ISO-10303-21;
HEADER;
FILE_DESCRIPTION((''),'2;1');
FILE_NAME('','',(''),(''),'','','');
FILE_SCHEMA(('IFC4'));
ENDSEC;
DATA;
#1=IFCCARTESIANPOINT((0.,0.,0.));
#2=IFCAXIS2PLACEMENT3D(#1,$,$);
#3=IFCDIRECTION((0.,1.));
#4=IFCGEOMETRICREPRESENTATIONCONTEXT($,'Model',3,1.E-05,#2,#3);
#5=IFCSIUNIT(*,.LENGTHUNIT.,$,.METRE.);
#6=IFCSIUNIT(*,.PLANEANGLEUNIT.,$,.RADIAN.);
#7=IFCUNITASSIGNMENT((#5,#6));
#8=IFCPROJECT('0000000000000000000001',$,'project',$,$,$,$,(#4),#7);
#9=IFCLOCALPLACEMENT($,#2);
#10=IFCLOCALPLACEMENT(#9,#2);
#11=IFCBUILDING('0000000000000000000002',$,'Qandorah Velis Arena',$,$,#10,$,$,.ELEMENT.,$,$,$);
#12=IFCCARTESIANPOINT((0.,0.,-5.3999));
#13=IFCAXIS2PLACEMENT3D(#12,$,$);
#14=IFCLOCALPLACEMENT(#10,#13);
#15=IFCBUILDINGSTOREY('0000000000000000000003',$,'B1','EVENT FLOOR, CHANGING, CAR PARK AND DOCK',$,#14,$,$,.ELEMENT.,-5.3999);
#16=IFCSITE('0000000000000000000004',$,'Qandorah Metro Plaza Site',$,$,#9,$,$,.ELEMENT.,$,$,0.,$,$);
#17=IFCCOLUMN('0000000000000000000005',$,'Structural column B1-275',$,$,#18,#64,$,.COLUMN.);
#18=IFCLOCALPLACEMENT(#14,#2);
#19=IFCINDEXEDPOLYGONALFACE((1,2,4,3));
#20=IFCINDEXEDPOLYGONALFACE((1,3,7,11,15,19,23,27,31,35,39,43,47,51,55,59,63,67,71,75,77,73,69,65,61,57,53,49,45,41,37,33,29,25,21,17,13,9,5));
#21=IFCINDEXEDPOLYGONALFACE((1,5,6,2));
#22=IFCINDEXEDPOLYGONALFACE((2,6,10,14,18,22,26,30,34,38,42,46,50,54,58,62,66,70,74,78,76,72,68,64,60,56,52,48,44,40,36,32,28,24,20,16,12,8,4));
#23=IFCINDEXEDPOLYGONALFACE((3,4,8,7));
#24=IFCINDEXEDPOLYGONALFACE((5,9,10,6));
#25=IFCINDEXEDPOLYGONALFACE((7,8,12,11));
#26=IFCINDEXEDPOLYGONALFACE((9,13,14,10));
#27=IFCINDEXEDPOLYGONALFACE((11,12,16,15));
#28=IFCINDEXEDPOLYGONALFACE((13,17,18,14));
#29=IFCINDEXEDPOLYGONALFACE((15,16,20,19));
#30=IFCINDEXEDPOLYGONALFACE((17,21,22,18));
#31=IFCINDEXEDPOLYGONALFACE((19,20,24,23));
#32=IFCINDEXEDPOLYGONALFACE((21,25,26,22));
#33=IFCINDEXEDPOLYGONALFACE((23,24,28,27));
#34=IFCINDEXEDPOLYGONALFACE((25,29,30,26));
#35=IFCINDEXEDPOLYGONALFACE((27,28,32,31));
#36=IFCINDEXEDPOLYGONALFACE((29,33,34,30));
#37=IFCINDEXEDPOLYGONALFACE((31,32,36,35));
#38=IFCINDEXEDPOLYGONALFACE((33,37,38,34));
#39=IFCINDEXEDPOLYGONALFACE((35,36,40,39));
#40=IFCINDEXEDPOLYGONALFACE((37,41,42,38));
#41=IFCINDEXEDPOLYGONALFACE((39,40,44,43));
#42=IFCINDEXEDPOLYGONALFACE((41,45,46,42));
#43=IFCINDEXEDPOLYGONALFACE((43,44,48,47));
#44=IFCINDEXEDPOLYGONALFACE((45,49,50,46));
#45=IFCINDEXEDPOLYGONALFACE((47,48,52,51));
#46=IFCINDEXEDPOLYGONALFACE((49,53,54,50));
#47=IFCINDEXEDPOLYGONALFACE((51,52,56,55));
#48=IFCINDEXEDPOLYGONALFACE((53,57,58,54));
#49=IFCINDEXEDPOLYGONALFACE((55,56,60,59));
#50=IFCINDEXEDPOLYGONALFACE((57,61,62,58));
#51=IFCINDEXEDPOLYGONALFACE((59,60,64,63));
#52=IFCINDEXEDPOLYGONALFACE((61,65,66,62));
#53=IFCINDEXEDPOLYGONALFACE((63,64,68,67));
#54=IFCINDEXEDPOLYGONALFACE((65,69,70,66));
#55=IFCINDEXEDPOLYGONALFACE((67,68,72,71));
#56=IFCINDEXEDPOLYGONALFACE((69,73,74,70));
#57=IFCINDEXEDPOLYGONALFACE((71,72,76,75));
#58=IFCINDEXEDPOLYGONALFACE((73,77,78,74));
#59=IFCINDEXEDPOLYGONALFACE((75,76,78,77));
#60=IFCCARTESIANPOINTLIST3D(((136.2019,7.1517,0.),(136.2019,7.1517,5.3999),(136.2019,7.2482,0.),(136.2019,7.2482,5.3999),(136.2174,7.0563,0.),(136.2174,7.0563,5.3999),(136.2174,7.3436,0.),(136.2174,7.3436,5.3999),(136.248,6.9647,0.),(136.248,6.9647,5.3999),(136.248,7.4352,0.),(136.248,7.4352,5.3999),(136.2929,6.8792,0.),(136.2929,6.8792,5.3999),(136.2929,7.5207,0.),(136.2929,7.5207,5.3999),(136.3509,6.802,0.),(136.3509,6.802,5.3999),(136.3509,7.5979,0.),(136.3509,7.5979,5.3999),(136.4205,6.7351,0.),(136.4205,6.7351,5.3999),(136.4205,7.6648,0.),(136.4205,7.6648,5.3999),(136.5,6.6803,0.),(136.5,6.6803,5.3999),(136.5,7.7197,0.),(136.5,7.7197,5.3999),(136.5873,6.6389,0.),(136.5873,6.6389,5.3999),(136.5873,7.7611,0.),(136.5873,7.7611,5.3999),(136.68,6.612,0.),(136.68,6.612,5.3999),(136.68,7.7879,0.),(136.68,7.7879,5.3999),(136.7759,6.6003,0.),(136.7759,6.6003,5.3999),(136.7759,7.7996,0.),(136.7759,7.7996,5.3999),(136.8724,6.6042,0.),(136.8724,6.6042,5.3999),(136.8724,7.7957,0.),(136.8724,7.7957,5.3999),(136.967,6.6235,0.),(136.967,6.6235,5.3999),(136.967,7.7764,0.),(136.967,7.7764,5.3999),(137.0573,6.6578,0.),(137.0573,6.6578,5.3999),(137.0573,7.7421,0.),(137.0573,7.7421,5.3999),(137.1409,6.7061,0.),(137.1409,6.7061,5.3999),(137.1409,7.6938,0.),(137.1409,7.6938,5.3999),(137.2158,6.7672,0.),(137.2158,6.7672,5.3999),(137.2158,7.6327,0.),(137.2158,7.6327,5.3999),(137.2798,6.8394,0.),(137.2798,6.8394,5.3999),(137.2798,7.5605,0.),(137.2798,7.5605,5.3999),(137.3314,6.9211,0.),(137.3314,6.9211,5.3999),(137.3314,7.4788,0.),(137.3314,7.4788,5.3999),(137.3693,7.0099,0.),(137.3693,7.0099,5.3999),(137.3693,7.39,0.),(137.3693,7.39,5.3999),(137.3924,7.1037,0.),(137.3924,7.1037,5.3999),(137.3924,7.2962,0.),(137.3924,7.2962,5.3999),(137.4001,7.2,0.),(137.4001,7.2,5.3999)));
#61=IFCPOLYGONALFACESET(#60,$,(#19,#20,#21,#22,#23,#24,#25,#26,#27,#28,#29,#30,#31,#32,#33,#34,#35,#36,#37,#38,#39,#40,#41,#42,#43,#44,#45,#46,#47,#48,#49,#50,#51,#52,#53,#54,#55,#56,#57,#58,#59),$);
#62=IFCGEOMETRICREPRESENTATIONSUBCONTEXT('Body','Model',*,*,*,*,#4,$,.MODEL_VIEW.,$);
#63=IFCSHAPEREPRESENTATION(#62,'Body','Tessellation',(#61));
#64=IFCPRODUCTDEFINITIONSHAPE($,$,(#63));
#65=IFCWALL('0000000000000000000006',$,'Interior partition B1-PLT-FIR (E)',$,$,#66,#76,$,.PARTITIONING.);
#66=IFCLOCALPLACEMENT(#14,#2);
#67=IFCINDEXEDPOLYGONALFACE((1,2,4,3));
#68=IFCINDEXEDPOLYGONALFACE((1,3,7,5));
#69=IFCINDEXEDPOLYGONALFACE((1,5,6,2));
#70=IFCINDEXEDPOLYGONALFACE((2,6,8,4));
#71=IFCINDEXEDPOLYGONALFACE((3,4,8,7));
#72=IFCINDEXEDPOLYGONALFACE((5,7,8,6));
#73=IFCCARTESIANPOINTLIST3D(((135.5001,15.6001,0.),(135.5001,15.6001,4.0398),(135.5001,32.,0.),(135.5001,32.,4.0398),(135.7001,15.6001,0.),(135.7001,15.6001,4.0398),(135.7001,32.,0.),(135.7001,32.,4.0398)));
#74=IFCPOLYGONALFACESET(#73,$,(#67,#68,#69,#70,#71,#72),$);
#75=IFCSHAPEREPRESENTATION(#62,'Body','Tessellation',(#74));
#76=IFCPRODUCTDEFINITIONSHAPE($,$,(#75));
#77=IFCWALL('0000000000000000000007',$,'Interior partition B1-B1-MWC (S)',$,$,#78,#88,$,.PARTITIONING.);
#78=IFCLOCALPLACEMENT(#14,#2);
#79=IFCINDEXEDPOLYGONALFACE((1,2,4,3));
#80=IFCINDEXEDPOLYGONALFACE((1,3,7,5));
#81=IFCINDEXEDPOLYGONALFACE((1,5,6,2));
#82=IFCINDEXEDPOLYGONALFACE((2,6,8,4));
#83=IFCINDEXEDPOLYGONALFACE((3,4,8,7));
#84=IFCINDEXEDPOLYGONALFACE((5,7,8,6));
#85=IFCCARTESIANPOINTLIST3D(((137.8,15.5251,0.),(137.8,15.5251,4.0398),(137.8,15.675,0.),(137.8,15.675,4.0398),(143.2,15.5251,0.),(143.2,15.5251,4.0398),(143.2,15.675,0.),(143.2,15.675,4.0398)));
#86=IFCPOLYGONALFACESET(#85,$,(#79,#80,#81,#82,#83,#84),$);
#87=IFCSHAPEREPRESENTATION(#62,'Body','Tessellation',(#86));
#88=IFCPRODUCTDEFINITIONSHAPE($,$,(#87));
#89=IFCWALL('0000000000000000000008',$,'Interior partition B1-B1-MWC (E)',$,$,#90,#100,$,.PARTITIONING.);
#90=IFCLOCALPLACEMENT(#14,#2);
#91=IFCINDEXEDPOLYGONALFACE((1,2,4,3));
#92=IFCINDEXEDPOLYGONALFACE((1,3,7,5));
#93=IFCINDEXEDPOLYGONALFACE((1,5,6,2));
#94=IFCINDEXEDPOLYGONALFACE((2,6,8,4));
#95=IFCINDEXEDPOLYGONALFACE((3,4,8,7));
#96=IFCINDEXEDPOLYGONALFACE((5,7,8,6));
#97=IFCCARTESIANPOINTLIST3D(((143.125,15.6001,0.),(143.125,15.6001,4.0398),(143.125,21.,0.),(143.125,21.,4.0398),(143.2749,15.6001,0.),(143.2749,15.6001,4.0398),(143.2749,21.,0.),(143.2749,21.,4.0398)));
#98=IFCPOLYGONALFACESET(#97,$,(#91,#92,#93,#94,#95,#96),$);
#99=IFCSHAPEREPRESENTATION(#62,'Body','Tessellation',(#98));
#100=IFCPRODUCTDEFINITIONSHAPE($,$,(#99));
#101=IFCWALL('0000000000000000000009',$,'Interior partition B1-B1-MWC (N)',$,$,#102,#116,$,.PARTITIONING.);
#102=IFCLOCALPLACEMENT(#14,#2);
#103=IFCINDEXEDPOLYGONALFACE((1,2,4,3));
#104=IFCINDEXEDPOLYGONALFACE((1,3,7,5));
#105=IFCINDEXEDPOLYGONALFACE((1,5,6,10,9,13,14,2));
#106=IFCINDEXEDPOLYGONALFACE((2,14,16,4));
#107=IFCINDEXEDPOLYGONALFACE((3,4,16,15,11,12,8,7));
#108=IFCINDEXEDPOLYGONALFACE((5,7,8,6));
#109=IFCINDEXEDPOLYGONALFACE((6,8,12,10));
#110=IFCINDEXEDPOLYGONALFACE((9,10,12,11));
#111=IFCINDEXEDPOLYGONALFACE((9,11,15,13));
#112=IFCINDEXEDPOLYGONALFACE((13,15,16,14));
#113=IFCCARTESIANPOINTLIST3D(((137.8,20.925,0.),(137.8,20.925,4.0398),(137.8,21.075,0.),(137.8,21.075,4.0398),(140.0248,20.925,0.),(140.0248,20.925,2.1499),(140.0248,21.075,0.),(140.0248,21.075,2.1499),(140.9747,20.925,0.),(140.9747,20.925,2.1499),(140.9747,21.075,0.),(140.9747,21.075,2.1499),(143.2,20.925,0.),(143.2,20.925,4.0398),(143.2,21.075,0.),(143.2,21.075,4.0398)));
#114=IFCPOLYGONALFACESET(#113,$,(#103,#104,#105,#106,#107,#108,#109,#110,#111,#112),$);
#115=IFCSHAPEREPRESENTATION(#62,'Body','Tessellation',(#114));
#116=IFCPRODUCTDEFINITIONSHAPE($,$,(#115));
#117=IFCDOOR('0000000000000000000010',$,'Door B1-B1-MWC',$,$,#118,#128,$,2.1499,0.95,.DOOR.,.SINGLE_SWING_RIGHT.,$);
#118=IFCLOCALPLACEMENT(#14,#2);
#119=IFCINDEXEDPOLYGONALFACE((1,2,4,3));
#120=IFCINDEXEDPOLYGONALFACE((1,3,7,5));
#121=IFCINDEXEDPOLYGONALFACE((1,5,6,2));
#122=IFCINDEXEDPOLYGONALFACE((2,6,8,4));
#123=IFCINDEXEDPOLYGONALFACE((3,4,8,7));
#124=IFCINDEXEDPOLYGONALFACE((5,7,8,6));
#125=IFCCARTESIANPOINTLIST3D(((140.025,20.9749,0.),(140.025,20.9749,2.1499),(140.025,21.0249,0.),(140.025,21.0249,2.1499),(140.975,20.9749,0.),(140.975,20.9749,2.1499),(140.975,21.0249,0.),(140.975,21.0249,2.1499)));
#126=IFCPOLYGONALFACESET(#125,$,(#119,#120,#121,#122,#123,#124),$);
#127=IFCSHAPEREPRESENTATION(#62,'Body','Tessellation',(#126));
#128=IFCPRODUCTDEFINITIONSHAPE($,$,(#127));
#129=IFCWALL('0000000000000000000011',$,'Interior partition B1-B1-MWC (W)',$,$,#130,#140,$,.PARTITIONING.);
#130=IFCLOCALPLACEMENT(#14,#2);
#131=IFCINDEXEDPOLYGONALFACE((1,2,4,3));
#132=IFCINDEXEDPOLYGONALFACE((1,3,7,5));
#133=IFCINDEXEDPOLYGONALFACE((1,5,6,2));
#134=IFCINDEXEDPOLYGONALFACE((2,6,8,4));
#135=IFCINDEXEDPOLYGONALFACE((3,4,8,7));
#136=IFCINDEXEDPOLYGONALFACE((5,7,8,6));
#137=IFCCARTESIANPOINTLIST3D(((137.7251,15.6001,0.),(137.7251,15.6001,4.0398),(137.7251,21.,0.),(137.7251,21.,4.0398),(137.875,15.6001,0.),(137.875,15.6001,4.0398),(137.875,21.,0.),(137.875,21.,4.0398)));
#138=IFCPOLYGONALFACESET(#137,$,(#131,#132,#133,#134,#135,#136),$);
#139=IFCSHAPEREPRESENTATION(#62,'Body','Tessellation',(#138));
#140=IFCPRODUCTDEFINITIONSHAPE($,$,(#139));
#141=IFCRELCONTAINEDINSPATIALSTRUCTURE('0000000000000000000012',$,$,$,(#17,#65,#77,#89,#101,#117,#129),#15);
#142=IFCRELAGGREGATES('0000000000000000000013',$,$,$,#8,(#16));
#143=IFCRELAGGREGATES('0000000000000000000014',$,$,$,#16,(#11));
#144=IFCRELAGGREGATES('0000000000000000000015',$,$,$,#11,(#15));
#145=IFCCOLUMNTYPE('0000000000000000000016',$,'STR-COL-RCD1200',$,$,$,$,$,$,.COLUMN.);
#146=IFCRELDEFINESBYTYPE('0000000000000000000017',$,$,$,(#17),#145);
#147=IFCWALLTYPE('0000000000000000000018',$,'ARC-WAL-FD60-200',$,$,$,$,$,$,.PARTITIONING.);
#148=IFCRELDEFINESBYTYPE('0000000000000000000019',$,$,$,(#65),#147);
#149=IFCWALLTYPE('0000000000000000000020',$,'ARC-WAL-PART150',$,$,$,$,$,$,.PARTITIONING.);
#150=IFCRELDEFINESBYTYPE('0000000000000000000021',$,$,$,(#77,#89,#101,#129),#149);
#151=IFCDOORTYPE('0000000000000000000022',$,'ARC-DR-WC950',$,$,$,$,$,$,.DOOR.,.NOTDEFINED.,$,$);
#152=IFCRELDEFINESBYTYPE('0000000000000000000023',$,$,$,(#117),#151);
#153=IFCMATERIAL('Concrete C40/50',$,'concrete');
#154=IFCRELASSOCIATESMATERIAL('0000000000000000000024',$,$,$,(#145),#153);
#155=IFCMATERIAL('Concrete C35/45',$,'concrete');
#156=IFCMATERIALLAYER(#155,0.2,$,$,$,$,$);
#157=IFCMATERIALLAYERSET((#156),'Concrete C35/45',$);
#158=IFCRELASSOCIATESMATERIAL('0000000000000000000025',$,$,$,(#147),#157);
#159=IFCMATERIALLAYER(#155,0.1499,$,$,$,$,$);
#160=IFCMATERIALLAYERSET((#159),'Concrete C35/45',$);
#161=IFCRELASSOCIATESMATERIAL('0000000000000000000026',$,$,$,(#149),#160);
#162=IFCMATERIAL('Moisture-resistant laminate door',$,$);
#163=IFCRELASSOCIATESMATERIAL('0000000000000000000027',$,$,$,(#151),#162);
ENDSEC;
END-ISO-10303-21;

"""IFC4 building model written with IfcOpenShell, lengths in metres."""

from ifc_helpers import new_model, si_unit, direction, frame, frame_2d, origin, origin_2d, place, context, subcontext, project, spatial, rectangle, circle, extrude, material, layer, layer_set, material_profile, profile_set, type_object, element, fill, save


model = new_model("IFC4")

# Units and contexts
model_context = context("Model", 3, precision=1e-05, world=origin(), true_north=direction((0.0, 1.0)))
body_context = subcontext(model_context, "Body", "Model", "MODEL_VIEW")
ifc_project = project(units=[si_unit("LENGTHUNIT", "METRE"), si_unit("PLANEANGLEUNIT", "RADIAN")], contexts=[model_context])

# Site, building, storey
site_placement = place(None, origin())
site = spatial("IfcSite", under=ifc_project, at=site_placement, Name="Qandorah Metro Plaza Site", CompositionType="ELEMENT", RefElevation=0.0)
building_placement = place(site_placement, origin())
building = spatial("IfcBuilding", under=site, at=building_placement, Name="Qandorah Velis Arena", CompositionType="ELEMENT")
storey_placement = place(building_placement, frame((0.0, 0.0, -5.3999)))
storey = spatial("IfcBuildingStorey", under=building, at=storey_placement, Name="B1", Description="EVENT FLOOR, CHANGING, CAR PARK AND DOCK", CompositionType="ELEMENT", Elevation=-5.3999)

# Shared definitions
ifc_material_1 = material(Name="Concrete C40/50", Category="concrete")

# Column
ifc_material_profile_1 = material_profile(ifc_material_1, circle(Radius=0.6001, at=origin_2d()), Name="RC D1200")
ifc_profile_set_1 = profile_set([ifc_material_profile_1], Name="Concrete C40/50")
column_type_1 = type_object("IfcColumnType", Name="STR-COL-RCD1200", PredefinedType="COLUMN", material=ifc_profile_set_1)
for number, where, z_axis, x_axis, name in (
    (1, (136.8, 7.2, 0.0), (0.0, 0.0, 1.0), (1.0, 0.0, 0.0), "Structural column B1-275"),
):
    element("IfcColumn", number, at=place(storey_placement, frame(where, z_axis=z_axis, x_axis=x_axis)), inside=storey, type_object=column_type_1, Name=name, PredefinedType="COLUMN", context=body_context, shape_type="SweptSolid", body=[
        extrude(circle(Radius=0.6001, at=origin_2d()), origin(), (0.0, 0.0, 1.0), 5.3999),
    ])

# Walls
ifc_material_2 = material(Name="Concrete C35/45", Category="concrete")
ifc_layer_1 = layer(ifc_material_2, 0.2)
ifc_layer_set_1 = layer_set([ifc_layer_1], Name="Concrete C35/45")
wall_type_1 = type_object("IfcWallType", Name="ARC-WAL-FD60-200", PredefinedType="PARTITIONING", material=ifc_layer_set_1)
wall_1_placement = place(storey_placement, frame((135.6001, 15.6001, 0.0), z_axis=(0.0, 0.0, 1.0), x_axis=(0.0, 1.0, 0.0)))
element("IfcWall", 2, at=wall_1_placement, inside=storey, type_object=wall_type_1, Name="Interior partition B1-PLT-FIR (E)", PredefinedType="PARTITIONING", context=body_context, shape_type="SweptSolid", body=[
    extrude(rectangle(XDim=16.3999, YDim=0.2, at=frame_2d((8.2, 0.0))), origin(), (0.0, 0.0, 1.0), 4.0398),
])
ifc_layer_2 = layer(ifc_material_2, 0.1499)
ifc_layer_set_2 = layer_set([ifc_layer_2], Name="Concrete C35/45")
wall_type_2 = type_object("IfcWallType", Name="ARC-WAL-PART150", PredefinedType="PARTITIONING", material=ifc_layer_set_2)
for number, where, z_axis, x_axis, name in (
    (3, (137.8, 15.6001, 0.0), (0.0, 0.0, 1.0), (1.0, 0.0, 0.0), "Interior partition B1-B1-MWC (S)"),
    (4, (143.2, 15.6001, 0.0), (0.0, 0.0, 1.0), (0.0, 1.0, 0.0), "Interior partition B1-B1-MWC (E)"),
):
    element("IfcWall", number, at=place(storey_placement, frame(where, z_axis=z_axis, x_axis=x_axis)), inside=storey, type_object=wall_type_2, Name=name, PredefinedType="PARTITIONING", context=body_context, shape_type="SweptSolid", body=[
        extrude(rectangle(XDim=5.3999, YDim=0.1499, at=frame_2d((2.7, 0.0))), origin(), (0.0, 0.0, 1.0), 4.0398),
    ])

# Wall, opening, door
wall_2_placement = place(storey_placement, frame((143.2, 21.0, 0.0), z_axis=(0.0, 0.0, 1.0), x_axis=(-1.0, 0.0, 0.0)))
wall_2 = element("IfcWall", 5, at=wall_2_placement, inside=storey, type_object=wall_type_2, Name="Interior partition B1-B1-MWC (N)", PredefinedType="PARTITIONING", context=body_context, shape_type="SweptSolid", body=[
    extrude(rectangle(XDim=5.3999, YDim=0.1499, at=frame_2d((2.7, 0.0))), origin(), (0.0, 0.0, 1.0), 4.0398),
])
opening_placement = place(wall_2_placement, frame((2.2251, 0.0, 0.0)))
opening = element("IfcOpeningElement", 6, at=opening_placement, cuts=wall_2, PredefinedType="OPENING", context=body_context, shape_type="SweptSolid", body=[
    extrude(rectangle(XDim=0.95, YDim=2.1499, at=frame_2d((0.4751, 1.075))), frame((0.0, 0.085, 0.0), z_axis=(0.0, -1.0, 0.0), x_axis=(1.0, 0.0, 0.0)), (0.0, 0.0, 1.0), 0.1699),
])
ifc_material_3 = material(Name="Moisture-resistant laminate door")
door_type = type_object("IfcDoorType", Name="ARC-DR-WC950", OperationType="NOTDEFINED", PredefinedType="DOOR", material=ifc_material_3)
door_placement = place(opening_placement, frame((0.95, 0.0, 0.0), z_axis=(0.0, 0.0, 1.0), x_axis=(-1.0, 0.0, 0.0)))
door = element("IfcDoor", 7, at=door_placement, inside=storey, type_object=door_type, Name="Door B1-B1-MWC", OperationType="SINGLE_SWING_RIGHT", OverallHeight=2.1499, OverallWidth=0.95, PredefinedType="DOOR", context=body_context, shape_type="SweptSolid", body=[
    extrude(rectangle(XDim=0.95, YDim=2.1499, at=frame_2d((0.4751, 1.075))), frame((0.0, 0.0249, 0.0), z_axis=(0.0, -1.0, 0.0), x_axis=(1.0, 0.0, 0.0)), (0.0, 0.0, 1.0), 0.05),
])
fill(opening, door)

# Wall
wall_3_placement = place(storey_placement, frame((137.8, 21.0, 0.0), z_axis=(0.0, 0.0, 1.0), x_axis=(0.0, -1.0, 0.0)))
element("IfcWall", 8, at=wall_3_placement, inside=storey, type_object=wall_type_2, Name="Interior partition B1-B1-MWC (W)", PredefinedType="PARTITIONING", context=body_context, shape_type="SweptSolid", body=[
    extrude(rectangle(XDim=5.3999, YDim=0.1499, at=frame_2d((2.7, 0.0))), origin(), (0.0, 0.0, 1.0), 4.0398),
])

save(model, "model.ifc")
